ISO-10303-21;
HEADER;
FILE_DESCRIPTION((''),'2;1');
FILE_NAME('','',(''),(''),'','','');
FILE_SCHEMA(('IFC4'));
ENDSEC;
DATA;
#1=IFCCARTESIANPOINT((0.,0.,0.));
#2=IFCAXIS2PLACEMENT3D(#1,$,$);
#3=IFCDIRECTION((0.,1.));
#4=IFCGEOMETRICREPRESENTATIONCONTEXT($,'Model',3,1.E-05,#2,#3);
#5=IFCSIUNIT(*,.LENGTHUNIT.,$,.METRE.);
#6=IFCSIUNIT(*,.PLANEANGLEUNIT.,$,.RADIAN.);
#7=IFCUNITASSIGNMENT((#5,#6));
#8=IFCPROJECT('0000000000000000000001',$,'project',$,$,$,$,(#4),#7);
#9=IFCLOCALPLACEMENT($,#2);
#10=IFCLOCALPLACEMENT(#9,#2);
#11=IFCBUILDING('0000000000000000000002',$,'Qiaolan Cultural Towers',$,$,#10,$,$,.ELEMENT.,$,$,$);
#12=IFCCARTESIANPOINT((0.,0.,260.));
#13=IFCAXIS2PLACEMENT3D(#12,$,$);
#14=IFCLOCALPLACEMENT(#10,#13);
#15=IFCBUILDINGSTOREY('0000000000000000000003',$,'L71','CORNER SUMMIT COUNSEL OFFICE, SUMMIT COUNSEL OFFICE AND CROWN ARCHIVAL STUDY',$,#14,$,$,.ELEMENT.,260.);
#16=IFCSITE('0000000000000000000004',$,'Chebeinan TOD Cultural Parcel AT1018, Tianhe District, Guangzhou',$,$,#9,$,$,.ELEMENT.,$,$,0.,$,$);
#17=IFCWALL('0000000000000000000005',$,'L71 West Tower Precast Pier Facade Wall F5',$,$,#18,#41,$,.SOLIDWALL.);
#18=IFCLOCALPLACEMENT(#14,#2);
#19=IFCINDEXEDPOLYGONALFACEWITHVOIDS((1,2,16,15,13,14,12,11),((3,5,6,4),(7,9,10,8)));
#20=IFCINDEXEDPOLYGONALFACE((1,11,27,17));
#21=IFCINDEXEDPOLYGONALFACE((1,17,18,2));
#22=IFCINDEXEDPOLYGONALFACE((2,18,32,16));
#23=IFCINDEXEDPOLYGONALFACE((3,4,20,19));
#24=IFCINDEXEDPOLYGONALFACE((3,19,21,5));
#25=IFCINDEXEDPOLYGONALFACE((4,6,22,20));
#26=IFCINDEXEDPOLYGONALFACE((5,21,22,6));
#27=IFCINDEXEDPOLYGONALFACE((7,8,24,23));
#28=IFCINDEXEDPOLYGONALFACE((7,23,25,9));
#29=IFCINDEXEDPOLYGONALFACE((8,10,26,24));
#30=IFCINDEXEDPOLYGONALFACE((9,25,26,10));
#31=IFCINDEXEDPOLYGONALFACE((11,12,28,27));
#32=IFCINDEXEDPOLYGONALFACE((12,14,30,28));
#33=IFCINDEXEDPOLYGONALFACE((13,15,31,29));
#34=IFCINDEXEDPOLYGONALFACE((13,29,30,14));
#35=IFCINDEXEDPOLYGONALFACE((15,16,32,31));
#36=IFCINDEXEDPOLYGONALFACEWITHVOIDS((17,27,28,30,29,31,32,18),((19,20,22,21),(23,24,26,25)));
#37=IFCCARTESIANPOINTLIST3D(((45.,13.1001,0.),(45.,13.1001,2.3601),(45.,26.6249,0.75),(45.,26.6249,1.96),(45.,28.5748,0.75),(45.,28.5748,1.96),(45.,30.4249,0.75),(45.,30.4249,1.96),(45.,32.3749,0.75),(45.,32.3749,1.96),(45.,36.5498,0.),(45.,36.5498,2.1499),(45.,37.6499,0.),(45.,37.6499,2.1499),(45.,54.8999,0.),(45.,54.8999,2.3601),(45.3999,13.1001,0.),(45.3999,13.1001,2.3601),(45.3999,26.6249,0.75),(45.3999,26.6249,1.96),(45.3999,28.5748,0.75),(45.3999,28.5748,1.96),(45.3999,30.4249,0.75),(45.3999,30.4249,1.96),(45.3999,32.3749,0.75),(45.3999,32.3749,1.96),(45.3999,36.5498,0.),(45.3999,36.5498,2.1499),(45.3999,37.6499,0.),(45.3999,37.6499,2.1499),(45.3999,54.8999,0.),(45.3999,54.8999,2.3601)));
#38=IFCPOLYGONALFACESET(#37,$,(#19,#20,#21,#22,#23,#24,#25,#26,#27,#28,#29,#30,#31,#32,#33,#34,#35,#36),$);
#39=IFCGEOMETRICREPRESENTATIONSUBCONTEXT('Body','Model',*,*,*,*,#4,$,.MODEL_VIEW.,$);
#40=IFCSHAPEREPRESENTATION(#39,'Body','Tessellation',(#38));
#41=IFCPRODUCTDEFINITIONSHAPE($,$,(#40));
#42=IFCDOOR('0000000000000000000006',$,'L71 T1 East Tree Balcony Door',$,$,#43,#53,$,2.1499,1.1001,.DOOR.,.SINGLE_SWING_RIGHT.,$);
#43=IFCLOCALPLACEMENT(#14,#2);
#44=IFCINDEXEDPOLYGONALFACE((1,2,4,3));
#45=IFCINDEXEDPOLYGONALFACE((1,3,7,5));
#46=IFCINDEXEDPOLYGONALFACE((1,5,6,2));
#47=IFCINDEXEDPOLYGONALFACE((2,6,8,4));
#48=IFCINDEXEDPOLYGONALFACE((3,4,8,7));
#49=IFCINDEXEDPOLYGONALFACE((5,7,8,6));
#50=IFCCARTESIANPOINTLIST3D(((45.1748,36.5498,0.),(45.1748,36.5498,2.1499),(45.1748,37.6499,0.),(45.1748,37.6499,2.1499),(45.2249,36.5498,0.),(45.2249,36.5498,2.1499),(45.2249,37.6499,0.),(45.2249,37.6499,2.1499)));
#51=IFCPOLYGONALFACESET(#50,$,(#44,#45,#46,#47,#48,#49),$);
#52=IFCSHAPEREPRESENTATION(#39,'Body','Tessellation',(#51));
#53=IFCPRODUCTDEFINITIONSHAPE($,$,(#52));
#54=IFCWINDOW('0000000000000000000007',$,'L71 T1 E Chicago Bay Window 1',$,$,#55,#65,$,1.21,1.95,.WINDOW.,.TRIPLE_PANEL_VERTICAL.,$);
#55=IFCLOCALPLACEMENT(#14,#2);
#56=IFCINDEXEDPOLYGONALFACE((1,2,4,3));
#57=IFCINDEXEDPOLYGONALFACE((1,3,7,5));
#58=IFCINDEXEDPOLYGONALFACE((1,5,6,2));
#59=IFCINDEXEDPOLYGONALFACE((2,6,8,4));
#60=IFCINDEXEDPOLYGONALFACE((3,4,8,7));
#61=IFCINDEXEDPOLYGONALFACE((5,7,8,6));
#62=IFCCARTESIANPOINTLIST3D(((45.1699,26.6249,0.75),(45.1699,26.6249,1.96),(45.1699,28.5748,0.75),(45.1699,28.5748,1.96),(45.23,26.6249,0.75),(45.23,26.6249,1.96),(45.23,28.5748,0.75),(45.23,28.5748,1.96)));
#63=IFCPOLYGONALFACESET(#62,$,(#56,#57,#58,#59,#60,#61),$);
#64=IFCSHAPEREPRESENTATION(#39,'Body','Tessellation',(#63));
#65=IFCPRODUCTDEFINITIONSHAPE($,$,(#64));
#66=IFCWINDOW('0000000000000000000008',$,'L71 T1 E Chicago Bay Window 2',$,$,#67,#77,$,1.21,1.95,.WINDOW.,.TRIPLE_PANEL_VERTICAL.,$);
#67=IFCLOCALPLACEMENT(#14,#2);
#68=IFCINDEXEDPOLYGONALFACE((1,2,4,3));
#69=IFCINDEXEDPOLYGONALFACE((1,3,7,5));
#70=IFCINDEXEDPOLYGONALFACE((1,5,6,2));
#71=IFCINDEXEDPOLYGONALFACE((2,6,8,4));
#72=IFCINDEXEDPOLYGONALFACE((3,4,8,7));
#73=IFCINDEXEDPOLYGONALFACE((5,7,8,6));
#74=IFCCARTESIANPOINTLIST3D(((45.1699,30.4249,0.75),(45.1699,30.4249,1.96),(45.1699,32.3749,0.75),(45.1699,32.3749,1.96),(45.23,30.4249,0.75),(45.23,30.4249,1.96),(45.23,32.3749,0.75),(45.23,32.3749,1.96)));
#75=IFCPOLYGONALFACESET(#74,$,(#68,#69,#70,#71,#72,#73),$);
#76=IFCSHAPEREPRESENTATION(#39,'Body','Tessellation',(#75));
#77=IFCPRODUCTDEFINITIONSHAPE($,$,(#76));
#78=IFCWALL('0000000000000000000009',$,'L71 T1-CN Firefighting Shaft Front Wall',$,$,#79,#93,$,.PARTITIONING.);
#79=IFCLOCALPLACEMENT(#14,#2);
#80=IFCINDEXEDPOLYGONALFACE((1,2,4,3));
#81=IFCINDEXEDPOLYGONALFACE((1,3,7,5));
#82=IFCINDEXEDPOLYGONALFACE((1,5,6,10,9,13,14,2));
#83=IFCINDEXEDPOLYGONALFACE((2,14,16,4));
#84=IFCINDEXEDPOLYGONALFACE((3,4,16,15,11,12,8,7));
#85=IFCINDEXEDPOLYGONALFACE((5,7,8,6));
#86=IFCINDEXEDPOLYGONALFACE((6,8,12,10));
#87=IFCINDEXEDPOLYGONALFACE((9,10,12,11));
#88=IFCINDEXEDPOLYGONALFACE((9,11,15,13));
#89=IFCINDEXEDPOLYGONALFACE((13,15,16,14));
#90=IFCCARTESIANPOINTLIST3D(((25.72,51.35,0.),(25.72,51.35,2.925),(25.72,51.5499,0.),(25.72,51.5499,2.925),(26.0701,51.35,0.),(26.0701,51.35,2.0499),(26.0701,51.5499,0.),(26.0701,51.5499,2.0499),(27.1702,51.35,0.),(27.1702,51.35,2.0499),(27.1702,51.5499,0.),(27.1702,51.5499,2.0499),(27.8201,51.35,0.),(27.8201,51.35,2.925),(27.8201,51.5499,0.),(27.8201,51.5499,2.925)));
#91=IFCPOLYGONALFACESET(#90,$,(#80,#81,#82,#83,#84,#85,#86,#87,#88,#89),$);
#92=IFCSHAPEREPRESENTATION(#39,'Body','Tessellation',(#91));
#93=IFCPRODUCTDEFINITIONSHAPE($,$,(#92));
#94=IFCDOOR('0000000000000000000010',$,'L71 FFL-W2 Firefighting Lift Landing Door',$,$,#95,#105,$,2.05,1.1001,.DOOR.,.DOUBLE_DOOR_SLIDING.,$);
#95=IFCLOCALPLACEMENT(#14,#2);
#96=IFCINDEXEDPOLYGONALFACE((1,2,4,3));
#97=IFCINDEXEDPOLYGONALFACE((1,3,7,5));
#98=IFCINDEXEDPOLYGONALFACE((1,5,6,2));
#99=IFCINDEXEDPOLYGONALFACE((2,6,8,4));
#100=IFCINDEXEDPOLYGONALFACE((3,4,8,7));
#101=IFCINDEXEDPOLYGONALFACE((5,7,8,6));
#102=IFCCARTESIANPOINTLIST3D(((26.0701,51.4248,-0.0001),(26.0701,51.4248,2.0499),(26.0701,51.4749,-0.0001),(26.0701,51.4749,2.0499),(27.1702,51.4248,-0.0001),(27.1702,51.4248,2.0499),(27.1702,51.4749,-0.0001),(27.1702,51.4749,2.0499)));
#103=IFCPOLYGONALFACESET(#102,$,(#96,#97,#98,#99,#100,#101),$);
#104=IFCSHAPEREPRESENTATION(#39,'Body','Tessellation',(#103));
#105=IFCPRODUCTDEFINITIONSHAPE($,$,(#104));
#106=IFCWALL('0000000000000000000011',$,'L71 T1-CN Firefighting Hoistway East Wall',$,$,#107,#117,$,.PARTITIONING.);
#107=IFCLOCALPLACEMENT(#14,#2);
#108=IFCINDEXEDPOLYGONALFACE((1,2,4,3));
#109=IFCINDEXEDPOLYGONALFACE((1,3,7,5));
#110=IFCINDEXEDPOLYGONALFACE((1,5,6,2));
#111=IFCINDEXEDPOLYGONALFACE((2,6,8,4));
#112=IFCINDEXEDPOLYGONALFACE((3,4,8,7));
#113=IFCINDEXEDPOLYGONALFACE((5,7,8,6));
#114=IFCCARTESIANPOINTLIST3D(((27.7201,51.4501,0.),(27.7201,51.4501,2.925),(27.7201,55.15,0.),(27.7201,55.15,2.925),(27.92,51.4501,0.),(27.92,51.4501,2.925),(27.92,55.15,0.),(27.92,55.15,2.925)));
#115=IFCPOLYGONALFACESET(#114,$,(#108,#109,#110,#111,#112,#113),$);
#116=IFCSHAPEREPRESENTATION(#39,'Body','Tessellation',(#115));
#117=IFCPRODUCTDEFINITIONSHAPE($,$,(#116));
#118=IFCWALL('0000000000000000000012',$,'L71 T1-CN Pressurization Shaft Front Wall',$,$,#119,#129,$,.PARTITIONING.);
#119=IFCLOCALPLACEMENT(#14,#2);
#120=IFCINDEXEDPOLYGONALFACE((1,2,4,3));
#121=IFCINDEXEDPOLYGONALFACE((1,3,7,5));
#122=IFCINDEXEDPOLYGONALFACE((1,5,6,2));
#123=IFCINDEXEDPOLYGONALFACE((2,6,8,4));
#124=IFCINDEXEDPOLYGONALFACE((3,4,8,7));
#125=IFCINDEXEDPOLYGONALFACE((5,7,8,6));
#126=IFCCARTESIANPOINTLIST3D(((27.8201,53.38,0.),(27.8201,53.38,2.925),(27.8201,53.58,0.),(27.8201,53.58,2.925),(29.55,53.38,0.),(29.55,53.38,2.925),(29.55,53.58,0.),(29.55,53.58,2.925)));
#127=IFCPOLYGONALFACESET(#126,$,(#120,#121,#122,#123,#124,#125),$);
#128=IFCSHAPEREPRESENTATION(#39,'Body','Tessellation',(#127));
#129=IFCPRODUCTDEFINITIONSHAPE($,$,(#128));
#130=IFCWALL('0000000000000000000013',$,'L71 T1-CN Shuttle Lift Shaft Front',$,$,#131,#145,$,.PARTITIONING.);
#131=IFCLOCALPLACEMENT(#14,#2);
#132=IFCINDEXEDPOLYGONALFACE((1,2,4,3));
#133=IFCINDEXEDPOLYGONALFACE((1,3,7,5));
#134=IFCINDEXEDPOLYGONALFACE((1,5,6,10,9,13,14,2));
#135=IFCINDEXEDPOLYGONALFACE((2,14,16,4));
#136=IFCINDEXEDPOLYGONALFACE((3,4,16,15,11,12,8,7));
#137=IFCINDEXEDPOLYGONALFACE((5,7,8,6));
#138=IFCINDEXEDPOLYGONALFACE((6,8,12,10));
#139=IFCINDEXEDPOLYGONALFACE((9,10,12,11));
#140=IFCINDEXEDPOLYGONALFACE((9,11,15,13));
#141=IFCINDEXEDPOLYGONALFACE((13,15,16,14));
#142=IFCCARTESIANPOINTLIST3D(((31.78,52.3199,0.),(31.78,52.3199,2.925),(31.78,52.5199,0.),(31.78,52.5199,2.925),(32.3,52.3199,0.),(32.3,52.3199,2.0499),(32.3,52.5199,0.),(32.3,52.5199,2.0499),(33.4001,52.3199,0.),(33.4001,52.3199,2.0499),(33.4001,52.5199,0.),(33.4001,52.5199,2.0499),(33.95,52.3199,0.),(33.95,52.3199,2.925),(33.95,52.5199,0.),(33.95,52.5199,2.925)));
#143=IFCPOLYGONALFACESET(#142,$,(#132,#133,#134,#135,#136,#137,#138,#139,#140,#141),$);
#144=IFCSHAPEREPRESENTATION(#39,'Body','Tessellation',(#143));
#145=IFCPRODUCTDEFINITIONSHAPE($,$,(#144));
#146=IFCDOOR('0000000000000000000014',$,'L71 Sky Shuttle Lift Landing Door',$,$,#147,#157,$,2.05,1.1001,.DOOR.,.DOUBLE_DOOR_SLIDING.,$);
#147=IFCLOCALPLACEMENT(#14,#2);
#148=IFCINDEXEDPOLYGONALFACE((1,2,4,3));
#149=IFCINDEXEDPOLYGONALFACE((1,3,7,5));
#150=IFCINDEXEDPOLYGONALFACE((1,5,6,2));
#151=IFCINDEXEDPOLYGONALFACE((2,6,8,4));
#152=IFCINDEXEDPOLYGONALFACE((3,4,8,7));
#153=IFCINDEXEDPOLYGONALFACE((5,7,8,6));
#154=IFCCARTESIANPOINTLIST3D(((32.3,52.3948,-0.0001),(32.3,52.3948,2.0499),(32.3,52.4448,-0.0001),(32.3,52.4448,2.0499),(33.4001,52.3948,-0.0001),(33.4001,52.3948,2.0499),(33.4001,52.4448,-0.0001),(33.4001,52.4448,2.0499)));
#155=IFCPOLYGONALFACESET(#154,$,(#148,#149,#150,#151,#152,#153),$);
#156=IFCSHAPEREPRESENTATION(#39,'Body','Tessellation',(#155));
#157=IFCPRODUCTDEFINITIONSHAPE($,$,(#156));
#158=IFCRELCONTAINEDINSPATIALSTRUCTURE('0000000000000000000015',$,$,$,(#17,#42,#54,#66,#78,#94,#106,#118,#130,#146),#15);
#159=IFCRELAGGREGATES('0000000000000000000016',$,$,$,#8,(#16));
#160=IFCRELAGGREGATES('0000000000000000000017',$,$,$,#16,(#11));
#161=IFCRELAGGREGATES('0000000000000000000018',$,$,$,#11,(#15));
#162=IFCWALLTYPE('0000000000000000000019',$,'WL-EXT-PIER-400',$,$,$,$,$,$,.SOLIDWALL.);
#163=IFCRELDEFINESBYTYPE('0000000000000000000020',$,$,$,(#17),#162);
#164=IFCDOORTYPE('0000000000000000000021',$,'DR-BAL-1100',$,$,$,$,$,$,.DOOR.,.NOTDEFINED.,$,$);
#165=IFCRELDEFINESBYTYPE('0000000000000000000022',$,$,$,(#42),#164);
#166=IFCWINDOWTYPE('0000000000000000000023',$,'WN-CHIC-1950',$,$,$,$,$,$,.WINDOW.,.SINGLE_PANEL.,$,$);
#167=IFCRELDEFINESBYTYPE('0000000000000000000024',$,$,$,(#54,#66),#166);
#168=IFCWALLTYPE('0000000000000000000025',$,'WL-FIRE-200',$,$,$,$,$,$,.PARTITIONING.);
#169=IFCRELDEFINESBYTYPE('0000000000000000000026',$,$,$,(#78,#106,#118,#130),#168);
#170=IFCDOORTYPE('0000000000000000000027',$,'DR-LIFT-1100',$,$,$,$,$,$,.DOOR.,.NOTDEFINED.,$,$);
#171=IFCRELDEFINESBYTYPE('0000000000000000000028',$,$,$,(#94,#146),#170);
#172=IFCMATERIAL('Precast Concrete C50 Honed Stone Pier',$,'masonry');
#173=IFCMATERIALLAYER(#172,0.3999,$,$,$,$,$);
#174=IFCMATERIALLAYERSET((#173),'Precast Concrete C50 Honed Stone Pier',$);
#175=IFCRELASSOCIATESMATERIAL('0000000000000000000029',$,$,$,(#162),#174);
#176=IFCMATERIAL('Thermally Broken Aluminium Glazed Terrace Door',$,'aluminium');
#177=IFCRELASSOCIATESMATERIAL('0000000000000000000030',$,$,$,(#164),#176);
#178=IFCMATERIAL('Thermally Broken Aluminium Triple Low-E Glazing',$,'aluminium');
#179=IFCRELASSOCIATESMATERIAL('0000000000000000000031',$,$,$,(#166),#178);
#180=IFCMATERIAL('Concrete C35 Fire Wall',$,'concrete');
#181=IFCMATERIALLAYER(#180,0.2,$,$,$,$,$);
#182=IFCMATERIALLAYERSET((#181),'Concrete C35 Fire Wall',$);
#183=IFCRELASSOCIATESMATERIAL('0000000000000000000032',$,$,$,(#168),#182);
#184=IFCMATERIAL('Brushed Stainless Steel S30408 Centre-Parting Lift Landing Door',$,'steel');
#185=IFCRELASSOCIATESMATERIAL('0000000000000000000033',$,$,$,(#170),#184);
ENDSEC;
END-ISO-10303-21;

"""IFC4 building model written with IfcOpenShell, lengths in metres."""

from ifc_helpers import new_model, si_unit, direction, frame, frame_2d, origin, place, context, subcontext, project, spatial, rectangle, extrude, material, layer, layer_set, type_object, element, fill, save


model = new_model("IFC4")

# Units and contexts
model_context = context("Model", 3, precision=1e-05, world=origin(), true_north=direction((0.0, 1.0)))
body_context = subcontext(model_context, "Body", "Model", "MODEL_VIEW")
ifc_project = project(units=[si_unit("LENGTHUNIT", "METRE"), si_unit("PLANEANGLEUNIT", "RADIAN")], contexts=[model_context])

# Site, building, storey
site_placement = place(None, origin())
site = spatial("IfcSite", under=ifc_project, at=site_placement, Name="Chebeinan TOD Cultural Parcel AT1018, Tianhe District, Guangzhou", CompositionType="ELEMENT", RefElevation=0.0)
building_placement = place(site_placement, origin())
building = spatial("IfcBuilding", under=site, at=building_placement, Name="Qiaolan Cultural Towers", CompositionType="ELEMENT")
storey_placement = place(building_placement, frame((0.0, 0.0, 260.0)))
storey = spatial("IfcBuildingStorey", under=building, at=storey_placement, Name="L71", Description="CORNER SUMMIT COUNSEL OFFICE, SUMMIT COUNSEL OFFICE AND CROWN ARCHIVAL STUDY", CompositionType="ELEMENT", Elevation=260.0)

# Shared definitions
ifc_material_1 = material(Name="Precast Concrete C50 Honed Stone Pier", Category="masonry")
ifc_layer_1 = layer(ifc_material_1, 0.3999)
ifc_layer_set_1 = layer_set([ifc_layer_1], Name="Precast Concrete C50 Honed Stone Pier")
wall_type_1 = type_object("IfcWallType", Name="WL-EXT-PIER-400", PredefinedType="SOLIDWALL", material=ifc_layer_set_1)

# Wall, openings, door, windows
wall_1_placement = place(storey_placement, frame((45.2, 54.8999, 0.0), z_axis=(0.0, 0.0, 1.0), x_axis=(0.0, -1.0, 0.0)))
wall_1 = element("IfcWall", 1, at=wall_1_placement, inside=storey, type_object=wall_type_1, Name="L71 West Tower Precast Pier Facade Wall F5", PredefinedType="SOLIDWALL", context=body_context, shape_type="SweptSolid", body=[
    extrude(rectangle(XDim=41.7998, YDim=0.3999, at=frame_2d((20.8999, 0.0))), origin(), (0.0, 0.0, 1.0), 2.3601),
])
opening_1_placement = place(wall_1_placement, frame((26.325, 0.0, 0.75)))
opening_1 = element("IfcOpeningElement", 2, at=opening_1_placement, cuts=wall_1, PredefinedType="OPENING", context=body_context, shape_type="SweptSolid", body=[
    extrude(rectangle(XDim=1.95, YDim=1.21, at=frame_2d((0.9751, 0.605))), frame((0.0, 0.21, 0.0), z_axis=(0.0, -1.0, 0.0), x_axis=(1.0, 0.0, 0.0)), (0.0, 0.0, 1.0), 0.4199),
])
opening_2_placement = place(wall_1_placement, frame((22.5249, 0.0, 0.75)))
opening_2 = element("IfcOpeningElement", 3, at=opening_2_placement, cuts=wall_1, PredefinedType="OPENING", context=body_context, shape_type="SweptSolid", body=[
    extrude(rectangle(XDim=1.95, YDim=1.21, at=frame_2d((0.9751, 0.605))), frame((0.0, 0.21, 0.0), z_axis=(0.0, -1.0, 0.0), x_axis=(1.0, 0.0, 0.0)), (0.0, 0.0, 1.0), 0.4199),
])
opening_3_placement = place(wall_1_placement, frame((17.25, 0.0, 0.0)))
opening_3 = element("IfcOpeningElement", 4, at=opening_3_placement, cuts=wall_1, PredefinedType="OPENING", context=body_context, shape_type="SweptSolid", body=[
    extrude(rectangle(XDim=1.1001, YDim=2.1499, at=frame_2d((0.55, 1.075))), frame((0.0, 0.21, 0.0), z_axis=(0.0, -1.0, 0.0), x_axis=(1.0, 0.0, 0.0)), (0.0, 0.0, 1.0), 0.4199),
])
ifc_material_2 = material(Name="Thermally Broken Aluminium Glazed Terrace Door", Category="aluminium")
door_type_1 = type_object("IfcDoorType", Name="DR-BAL-1100", OperationType="NOTDEFINED", PredefinedType="DOOR", material=ifc_material_2)
door_1_placement = place(opening_3_placement, origin())
door_1 = element("IfcDoor", 5, at=door_1_placement, inside=storey, type_object=door_type_1, Name="L71 T1 East Tree Balcony Door", OperationType="SINGLE_SWING_RIGHT", OverallHeight=2.1499, OverallWidth=1.1001, PredefinedType="DOOR", context=body_context, shape_type="SweptSolid", body=[
    extrude(rectangle(XDim=1.1001, YDim=2.1499, at=frame_2d((0.55, 1.075))), frame((0.0, 0.0249, 0.0), z_axis=(0.0, -1.0, 0.0), x_axis=(1.0, 0.0, 0.0)), (0.0, 0.0, 1.0), 0.05),
])
fill(opening_3, door_1)
ifc_material_3 = material(Name="Thermally Broken Aluminium Triple Low-E Glazing", Category="aluminium")
window_type = type_object("IfcWindowType", Name="WN-CHIC-1950", PartitioningType="SINGLE_PANEL", PredefinedType="WINDOW", material=ifc_material_3)
window_1_placement = place(opening_1_placement, origin())
window_1 = element("IfcWindow", 6, at=window_1_placement, inside=storey, type_object=window_type, Name="L71 T1 E Chicago Bay Window 1", OverallHeight=1.21, OverallWidth=1.95, PartitioningType="TRIPLE_PANEL_VERTICAL", PredefinedType="WINDOW", context=body_context, shape_type="SweptSolid", body=[
    extrude(rectangle(XDim=1.95, YDim=1.21, at=frame_2d((0.9751, 0.605))), frame((0.0, 0.03, 0.0), z_axis=(0.0, -1.0, 0.0), x_axis=(1.0, 0.0, 0.0)), (0.0, 0.0, 1.0), 0.0601),
])
fill(opening_1, window_1)
window_2_placement = place(opening_2_placement, origin())
window_2 = element("IfcWindow", 7, at=window_2_placement, inside=storey, type_object=window_type, Name="L71 T1 E Chicago Bay Window 2", OverallHeight=1.21, OverallWidth=1.95, PartitioningType="TRIPLE_PANEL_VERTICAL", PredefinedType="WINDOW", context=body_context, shape_type="SweptSolid", body=[
    extrude(rectangle(XDim=1.95, YDim=1.21, at=frame_2d((0.9751, 0.605))), frame((0.0, 0.03, 0.0), z_axis=(0.0, -1.0, 0.0), x_axis=(1.0, 0.0, 0.0)), (0.0, 0.0, 1.0), 0.0601),
])
fill(opening_2, window_2)

# Wall, opening, door
ifc_material_4 = material(Name="Concrete C35 Fire Wall", Category="concrete")
ifc_layer_2 = layer(ifc_material_4, 0.2)
ifc_layer_set_2 = layer_set([ifc_layer_2], Name="Concrete C35 Fire Wall")
wall_type_2 = type_object("IfcWallType", Name="WL-FIRE-200", PredefinedType="PARTITIONING", material=ifc_layer_set_2)
wall_2_placement = place(storey_placement, frame((25.72, 51.45, 0.0), z_axis=(0.0, 0.0, 1.0), x_axis=(1.0, 0.0, 0.0)))
wall_2 = element("IfcWall", 8, at=wall_2_placement, inside=storey, type_object=wall_type_2, Name="L71 T1-CN Firefighting Shaft Front Wall", PredefinedType="PARTITIONING", context=body_context, shape_type="SweptSolid", body=[
    extrude(rectangle(XDim=2.1001, YDim=0.2, at=frame_2d((1.05, 0.0))), origin(), (0.0, 0.0, 1.0), 2.925),
])
opening_4_placement = place(wall_2_placement, frame((0.3501, 0.0, 0.0)))
opening_4 = element("IfcOpeningElement", 9, at=opening_4_placement, cuts=wall_2, PredefinedType="OPENING", context=body_context, shape_type="SweptSolid", body=[
    extrude(rectangle(XDim=1.1001, YDim=2.05, at=frame_2d((0.55, 1.0249))), frame((0.0, 0.1099, 0.0), z_axis=(0.0, -1.0, 0.0), x_axis=(1.0, 0.0, 0.0)), (0.0, 0.0, 1.0), 0.22),
])
ifc_material_5 = material(Name="Brushed Stainless Steel S30408 Centre-Parting Lift Landing Door", Category="steel")
door_type_2 = type_object("IfcDoorType", Name="DR-LIFT-1100", OperationType="NOTDEFINED", PredefinedType="DOOR", material=ifc_material_5)
door_2_placement = place(opening_4_placement, origin())
door_2 = element("IfcDoor", 10, at=door_2_placement, inside=storey, type_object=door_type_2, Name="L71 FFL-W2 Firefighting Lift Landing Door", OperationType="DOUBLE_DOOR_SLIDING", OverallHeight=2.05, OverallWidth=1.1001, PredefinedType="DOOR", context=body_context, shape_type="SweptSolid", body=[
    extrude(rectangle(XDim=1.1001, YDim=2.05, at=frame_2d((0.55, 1.0249))), frame((0.0, 0.0249, 0.0), z_axis=(0.0, -1.0, 0.0), x_axis=(1.0, 0.0, 0.0)), (0.0, 0.0, 1.0), 0.05),
])
fill(opening_4, door_2)

# Walls
wall_3_placement = place(storey_placement, frame((27.8201, 51.45, 0.0), z_axis=(0.0, 0.0, 1.0), x_axis=(0.0, 1.0, 0.0)))
element("IfcWall", 11, at=wall_3_placement, inside=storey, type_object=wall_type_2, Name="L71 T1-CN Firefighting Hoistway East Wall", PredefinedType="PARTITIONING", context=body_context, shape_type="SweptSolid", body=[
    extrude(rectangle(XDim=3.7, YDim=0.2, at=frame_2d((1.8501, 0.0))), origin(), (0.0, 0.0, 1.0), 2.925),
])
wall_4_placement = place(storey_placement, frame((27.8201, 53.48, 0.0), z_axis=(0.0, 0.0, 1.0), x_axis=(1.0, 0.0, 0.0)))
element("IfcWall", 12, at=wall_4_placement, inside=storey, type_object=wall_type_2, Name="L71 T1-CN Pressurization Shaft Front Wall", PredefinedType="PARTITIONING", context=body_context, shape_type="SweptSolid", body=[
    extrude(rectangle(XDim=1.73, YDim=0.2, at=frame_2d((0.865, 0.0))), origin(), (0.0, 0.0, 1.0), 2.925),
])

# Wall, opening, door
wall_5_placement = place(storey_placement, frame((31.78, 52.4199, 0.0), z_axis=(0.0, 0.0, 1.0), x_axis=(1.0, 0.0, 0.0)))
wall_5 = element("IfcWall", 13, at=wall_5_placement, inside=storey, type_object=wall_type_2, Name="L71 T1-CN Shuttle Lift Shaft Front", PredefinedType="PARTITIONING", context=body_context, shape_type="SweptSolid", body=[
    extrude(rectangle(XDim=2.1699, YDim=0.2, at=frame_2d((1.085, 0.0))), origin(), (0.0, 0.0, 1.0), 2.925),
])
opening_5_placement = place(wall_5_placement, frame((0.52, 0.0, 0.0)))
opening_5 = element("IfcOpeningElement", 14, at=opening_5_placement, cuts=wall_5, PredefinedType="OPENING", context=body_context, shape_type="SweptSolid", body=[
    extrude(rectangle(XDim=1.1001, YDim=2.05, at=frame_2d((0.55, 1.0249))), frame((0.0, 0.1099, 0.0), z_axis=(0.0, -1.0, 0.0), x_axis=(1.0, 0.0, 0.0)), (0.0, 0.0, 1.0), 0.22),
])
door_3_placement = place(opening_5_placement, origin())
door_3 = element("IfcDoor", 15, at=door_3_placement, inside=storey, type_object=door_type_2, Name="L71 Sky Shuttle Lift Landing Door", OperationType="DOUBLE_DOOR_SLIDING", OverallHeight=2.05, OverallWidth=1.1001, PredefinedType="DOOR", context=body_context, shape_type="SweptSolid", body=[
    extrude(rectangle(XDim=1.1001, YDim=2.05, at=frame_2d((0.55, 1.0249))), frame((0.0, 0.0249, 0.0), z_axis=(0.0, -1.0, 0.0), x_axis=(1.0, 0.0, 0.0)), (0.0, 0.0, 1.0), 0.05),
])
fill(opening_5, door_3)

save(model, "model.ifc")
